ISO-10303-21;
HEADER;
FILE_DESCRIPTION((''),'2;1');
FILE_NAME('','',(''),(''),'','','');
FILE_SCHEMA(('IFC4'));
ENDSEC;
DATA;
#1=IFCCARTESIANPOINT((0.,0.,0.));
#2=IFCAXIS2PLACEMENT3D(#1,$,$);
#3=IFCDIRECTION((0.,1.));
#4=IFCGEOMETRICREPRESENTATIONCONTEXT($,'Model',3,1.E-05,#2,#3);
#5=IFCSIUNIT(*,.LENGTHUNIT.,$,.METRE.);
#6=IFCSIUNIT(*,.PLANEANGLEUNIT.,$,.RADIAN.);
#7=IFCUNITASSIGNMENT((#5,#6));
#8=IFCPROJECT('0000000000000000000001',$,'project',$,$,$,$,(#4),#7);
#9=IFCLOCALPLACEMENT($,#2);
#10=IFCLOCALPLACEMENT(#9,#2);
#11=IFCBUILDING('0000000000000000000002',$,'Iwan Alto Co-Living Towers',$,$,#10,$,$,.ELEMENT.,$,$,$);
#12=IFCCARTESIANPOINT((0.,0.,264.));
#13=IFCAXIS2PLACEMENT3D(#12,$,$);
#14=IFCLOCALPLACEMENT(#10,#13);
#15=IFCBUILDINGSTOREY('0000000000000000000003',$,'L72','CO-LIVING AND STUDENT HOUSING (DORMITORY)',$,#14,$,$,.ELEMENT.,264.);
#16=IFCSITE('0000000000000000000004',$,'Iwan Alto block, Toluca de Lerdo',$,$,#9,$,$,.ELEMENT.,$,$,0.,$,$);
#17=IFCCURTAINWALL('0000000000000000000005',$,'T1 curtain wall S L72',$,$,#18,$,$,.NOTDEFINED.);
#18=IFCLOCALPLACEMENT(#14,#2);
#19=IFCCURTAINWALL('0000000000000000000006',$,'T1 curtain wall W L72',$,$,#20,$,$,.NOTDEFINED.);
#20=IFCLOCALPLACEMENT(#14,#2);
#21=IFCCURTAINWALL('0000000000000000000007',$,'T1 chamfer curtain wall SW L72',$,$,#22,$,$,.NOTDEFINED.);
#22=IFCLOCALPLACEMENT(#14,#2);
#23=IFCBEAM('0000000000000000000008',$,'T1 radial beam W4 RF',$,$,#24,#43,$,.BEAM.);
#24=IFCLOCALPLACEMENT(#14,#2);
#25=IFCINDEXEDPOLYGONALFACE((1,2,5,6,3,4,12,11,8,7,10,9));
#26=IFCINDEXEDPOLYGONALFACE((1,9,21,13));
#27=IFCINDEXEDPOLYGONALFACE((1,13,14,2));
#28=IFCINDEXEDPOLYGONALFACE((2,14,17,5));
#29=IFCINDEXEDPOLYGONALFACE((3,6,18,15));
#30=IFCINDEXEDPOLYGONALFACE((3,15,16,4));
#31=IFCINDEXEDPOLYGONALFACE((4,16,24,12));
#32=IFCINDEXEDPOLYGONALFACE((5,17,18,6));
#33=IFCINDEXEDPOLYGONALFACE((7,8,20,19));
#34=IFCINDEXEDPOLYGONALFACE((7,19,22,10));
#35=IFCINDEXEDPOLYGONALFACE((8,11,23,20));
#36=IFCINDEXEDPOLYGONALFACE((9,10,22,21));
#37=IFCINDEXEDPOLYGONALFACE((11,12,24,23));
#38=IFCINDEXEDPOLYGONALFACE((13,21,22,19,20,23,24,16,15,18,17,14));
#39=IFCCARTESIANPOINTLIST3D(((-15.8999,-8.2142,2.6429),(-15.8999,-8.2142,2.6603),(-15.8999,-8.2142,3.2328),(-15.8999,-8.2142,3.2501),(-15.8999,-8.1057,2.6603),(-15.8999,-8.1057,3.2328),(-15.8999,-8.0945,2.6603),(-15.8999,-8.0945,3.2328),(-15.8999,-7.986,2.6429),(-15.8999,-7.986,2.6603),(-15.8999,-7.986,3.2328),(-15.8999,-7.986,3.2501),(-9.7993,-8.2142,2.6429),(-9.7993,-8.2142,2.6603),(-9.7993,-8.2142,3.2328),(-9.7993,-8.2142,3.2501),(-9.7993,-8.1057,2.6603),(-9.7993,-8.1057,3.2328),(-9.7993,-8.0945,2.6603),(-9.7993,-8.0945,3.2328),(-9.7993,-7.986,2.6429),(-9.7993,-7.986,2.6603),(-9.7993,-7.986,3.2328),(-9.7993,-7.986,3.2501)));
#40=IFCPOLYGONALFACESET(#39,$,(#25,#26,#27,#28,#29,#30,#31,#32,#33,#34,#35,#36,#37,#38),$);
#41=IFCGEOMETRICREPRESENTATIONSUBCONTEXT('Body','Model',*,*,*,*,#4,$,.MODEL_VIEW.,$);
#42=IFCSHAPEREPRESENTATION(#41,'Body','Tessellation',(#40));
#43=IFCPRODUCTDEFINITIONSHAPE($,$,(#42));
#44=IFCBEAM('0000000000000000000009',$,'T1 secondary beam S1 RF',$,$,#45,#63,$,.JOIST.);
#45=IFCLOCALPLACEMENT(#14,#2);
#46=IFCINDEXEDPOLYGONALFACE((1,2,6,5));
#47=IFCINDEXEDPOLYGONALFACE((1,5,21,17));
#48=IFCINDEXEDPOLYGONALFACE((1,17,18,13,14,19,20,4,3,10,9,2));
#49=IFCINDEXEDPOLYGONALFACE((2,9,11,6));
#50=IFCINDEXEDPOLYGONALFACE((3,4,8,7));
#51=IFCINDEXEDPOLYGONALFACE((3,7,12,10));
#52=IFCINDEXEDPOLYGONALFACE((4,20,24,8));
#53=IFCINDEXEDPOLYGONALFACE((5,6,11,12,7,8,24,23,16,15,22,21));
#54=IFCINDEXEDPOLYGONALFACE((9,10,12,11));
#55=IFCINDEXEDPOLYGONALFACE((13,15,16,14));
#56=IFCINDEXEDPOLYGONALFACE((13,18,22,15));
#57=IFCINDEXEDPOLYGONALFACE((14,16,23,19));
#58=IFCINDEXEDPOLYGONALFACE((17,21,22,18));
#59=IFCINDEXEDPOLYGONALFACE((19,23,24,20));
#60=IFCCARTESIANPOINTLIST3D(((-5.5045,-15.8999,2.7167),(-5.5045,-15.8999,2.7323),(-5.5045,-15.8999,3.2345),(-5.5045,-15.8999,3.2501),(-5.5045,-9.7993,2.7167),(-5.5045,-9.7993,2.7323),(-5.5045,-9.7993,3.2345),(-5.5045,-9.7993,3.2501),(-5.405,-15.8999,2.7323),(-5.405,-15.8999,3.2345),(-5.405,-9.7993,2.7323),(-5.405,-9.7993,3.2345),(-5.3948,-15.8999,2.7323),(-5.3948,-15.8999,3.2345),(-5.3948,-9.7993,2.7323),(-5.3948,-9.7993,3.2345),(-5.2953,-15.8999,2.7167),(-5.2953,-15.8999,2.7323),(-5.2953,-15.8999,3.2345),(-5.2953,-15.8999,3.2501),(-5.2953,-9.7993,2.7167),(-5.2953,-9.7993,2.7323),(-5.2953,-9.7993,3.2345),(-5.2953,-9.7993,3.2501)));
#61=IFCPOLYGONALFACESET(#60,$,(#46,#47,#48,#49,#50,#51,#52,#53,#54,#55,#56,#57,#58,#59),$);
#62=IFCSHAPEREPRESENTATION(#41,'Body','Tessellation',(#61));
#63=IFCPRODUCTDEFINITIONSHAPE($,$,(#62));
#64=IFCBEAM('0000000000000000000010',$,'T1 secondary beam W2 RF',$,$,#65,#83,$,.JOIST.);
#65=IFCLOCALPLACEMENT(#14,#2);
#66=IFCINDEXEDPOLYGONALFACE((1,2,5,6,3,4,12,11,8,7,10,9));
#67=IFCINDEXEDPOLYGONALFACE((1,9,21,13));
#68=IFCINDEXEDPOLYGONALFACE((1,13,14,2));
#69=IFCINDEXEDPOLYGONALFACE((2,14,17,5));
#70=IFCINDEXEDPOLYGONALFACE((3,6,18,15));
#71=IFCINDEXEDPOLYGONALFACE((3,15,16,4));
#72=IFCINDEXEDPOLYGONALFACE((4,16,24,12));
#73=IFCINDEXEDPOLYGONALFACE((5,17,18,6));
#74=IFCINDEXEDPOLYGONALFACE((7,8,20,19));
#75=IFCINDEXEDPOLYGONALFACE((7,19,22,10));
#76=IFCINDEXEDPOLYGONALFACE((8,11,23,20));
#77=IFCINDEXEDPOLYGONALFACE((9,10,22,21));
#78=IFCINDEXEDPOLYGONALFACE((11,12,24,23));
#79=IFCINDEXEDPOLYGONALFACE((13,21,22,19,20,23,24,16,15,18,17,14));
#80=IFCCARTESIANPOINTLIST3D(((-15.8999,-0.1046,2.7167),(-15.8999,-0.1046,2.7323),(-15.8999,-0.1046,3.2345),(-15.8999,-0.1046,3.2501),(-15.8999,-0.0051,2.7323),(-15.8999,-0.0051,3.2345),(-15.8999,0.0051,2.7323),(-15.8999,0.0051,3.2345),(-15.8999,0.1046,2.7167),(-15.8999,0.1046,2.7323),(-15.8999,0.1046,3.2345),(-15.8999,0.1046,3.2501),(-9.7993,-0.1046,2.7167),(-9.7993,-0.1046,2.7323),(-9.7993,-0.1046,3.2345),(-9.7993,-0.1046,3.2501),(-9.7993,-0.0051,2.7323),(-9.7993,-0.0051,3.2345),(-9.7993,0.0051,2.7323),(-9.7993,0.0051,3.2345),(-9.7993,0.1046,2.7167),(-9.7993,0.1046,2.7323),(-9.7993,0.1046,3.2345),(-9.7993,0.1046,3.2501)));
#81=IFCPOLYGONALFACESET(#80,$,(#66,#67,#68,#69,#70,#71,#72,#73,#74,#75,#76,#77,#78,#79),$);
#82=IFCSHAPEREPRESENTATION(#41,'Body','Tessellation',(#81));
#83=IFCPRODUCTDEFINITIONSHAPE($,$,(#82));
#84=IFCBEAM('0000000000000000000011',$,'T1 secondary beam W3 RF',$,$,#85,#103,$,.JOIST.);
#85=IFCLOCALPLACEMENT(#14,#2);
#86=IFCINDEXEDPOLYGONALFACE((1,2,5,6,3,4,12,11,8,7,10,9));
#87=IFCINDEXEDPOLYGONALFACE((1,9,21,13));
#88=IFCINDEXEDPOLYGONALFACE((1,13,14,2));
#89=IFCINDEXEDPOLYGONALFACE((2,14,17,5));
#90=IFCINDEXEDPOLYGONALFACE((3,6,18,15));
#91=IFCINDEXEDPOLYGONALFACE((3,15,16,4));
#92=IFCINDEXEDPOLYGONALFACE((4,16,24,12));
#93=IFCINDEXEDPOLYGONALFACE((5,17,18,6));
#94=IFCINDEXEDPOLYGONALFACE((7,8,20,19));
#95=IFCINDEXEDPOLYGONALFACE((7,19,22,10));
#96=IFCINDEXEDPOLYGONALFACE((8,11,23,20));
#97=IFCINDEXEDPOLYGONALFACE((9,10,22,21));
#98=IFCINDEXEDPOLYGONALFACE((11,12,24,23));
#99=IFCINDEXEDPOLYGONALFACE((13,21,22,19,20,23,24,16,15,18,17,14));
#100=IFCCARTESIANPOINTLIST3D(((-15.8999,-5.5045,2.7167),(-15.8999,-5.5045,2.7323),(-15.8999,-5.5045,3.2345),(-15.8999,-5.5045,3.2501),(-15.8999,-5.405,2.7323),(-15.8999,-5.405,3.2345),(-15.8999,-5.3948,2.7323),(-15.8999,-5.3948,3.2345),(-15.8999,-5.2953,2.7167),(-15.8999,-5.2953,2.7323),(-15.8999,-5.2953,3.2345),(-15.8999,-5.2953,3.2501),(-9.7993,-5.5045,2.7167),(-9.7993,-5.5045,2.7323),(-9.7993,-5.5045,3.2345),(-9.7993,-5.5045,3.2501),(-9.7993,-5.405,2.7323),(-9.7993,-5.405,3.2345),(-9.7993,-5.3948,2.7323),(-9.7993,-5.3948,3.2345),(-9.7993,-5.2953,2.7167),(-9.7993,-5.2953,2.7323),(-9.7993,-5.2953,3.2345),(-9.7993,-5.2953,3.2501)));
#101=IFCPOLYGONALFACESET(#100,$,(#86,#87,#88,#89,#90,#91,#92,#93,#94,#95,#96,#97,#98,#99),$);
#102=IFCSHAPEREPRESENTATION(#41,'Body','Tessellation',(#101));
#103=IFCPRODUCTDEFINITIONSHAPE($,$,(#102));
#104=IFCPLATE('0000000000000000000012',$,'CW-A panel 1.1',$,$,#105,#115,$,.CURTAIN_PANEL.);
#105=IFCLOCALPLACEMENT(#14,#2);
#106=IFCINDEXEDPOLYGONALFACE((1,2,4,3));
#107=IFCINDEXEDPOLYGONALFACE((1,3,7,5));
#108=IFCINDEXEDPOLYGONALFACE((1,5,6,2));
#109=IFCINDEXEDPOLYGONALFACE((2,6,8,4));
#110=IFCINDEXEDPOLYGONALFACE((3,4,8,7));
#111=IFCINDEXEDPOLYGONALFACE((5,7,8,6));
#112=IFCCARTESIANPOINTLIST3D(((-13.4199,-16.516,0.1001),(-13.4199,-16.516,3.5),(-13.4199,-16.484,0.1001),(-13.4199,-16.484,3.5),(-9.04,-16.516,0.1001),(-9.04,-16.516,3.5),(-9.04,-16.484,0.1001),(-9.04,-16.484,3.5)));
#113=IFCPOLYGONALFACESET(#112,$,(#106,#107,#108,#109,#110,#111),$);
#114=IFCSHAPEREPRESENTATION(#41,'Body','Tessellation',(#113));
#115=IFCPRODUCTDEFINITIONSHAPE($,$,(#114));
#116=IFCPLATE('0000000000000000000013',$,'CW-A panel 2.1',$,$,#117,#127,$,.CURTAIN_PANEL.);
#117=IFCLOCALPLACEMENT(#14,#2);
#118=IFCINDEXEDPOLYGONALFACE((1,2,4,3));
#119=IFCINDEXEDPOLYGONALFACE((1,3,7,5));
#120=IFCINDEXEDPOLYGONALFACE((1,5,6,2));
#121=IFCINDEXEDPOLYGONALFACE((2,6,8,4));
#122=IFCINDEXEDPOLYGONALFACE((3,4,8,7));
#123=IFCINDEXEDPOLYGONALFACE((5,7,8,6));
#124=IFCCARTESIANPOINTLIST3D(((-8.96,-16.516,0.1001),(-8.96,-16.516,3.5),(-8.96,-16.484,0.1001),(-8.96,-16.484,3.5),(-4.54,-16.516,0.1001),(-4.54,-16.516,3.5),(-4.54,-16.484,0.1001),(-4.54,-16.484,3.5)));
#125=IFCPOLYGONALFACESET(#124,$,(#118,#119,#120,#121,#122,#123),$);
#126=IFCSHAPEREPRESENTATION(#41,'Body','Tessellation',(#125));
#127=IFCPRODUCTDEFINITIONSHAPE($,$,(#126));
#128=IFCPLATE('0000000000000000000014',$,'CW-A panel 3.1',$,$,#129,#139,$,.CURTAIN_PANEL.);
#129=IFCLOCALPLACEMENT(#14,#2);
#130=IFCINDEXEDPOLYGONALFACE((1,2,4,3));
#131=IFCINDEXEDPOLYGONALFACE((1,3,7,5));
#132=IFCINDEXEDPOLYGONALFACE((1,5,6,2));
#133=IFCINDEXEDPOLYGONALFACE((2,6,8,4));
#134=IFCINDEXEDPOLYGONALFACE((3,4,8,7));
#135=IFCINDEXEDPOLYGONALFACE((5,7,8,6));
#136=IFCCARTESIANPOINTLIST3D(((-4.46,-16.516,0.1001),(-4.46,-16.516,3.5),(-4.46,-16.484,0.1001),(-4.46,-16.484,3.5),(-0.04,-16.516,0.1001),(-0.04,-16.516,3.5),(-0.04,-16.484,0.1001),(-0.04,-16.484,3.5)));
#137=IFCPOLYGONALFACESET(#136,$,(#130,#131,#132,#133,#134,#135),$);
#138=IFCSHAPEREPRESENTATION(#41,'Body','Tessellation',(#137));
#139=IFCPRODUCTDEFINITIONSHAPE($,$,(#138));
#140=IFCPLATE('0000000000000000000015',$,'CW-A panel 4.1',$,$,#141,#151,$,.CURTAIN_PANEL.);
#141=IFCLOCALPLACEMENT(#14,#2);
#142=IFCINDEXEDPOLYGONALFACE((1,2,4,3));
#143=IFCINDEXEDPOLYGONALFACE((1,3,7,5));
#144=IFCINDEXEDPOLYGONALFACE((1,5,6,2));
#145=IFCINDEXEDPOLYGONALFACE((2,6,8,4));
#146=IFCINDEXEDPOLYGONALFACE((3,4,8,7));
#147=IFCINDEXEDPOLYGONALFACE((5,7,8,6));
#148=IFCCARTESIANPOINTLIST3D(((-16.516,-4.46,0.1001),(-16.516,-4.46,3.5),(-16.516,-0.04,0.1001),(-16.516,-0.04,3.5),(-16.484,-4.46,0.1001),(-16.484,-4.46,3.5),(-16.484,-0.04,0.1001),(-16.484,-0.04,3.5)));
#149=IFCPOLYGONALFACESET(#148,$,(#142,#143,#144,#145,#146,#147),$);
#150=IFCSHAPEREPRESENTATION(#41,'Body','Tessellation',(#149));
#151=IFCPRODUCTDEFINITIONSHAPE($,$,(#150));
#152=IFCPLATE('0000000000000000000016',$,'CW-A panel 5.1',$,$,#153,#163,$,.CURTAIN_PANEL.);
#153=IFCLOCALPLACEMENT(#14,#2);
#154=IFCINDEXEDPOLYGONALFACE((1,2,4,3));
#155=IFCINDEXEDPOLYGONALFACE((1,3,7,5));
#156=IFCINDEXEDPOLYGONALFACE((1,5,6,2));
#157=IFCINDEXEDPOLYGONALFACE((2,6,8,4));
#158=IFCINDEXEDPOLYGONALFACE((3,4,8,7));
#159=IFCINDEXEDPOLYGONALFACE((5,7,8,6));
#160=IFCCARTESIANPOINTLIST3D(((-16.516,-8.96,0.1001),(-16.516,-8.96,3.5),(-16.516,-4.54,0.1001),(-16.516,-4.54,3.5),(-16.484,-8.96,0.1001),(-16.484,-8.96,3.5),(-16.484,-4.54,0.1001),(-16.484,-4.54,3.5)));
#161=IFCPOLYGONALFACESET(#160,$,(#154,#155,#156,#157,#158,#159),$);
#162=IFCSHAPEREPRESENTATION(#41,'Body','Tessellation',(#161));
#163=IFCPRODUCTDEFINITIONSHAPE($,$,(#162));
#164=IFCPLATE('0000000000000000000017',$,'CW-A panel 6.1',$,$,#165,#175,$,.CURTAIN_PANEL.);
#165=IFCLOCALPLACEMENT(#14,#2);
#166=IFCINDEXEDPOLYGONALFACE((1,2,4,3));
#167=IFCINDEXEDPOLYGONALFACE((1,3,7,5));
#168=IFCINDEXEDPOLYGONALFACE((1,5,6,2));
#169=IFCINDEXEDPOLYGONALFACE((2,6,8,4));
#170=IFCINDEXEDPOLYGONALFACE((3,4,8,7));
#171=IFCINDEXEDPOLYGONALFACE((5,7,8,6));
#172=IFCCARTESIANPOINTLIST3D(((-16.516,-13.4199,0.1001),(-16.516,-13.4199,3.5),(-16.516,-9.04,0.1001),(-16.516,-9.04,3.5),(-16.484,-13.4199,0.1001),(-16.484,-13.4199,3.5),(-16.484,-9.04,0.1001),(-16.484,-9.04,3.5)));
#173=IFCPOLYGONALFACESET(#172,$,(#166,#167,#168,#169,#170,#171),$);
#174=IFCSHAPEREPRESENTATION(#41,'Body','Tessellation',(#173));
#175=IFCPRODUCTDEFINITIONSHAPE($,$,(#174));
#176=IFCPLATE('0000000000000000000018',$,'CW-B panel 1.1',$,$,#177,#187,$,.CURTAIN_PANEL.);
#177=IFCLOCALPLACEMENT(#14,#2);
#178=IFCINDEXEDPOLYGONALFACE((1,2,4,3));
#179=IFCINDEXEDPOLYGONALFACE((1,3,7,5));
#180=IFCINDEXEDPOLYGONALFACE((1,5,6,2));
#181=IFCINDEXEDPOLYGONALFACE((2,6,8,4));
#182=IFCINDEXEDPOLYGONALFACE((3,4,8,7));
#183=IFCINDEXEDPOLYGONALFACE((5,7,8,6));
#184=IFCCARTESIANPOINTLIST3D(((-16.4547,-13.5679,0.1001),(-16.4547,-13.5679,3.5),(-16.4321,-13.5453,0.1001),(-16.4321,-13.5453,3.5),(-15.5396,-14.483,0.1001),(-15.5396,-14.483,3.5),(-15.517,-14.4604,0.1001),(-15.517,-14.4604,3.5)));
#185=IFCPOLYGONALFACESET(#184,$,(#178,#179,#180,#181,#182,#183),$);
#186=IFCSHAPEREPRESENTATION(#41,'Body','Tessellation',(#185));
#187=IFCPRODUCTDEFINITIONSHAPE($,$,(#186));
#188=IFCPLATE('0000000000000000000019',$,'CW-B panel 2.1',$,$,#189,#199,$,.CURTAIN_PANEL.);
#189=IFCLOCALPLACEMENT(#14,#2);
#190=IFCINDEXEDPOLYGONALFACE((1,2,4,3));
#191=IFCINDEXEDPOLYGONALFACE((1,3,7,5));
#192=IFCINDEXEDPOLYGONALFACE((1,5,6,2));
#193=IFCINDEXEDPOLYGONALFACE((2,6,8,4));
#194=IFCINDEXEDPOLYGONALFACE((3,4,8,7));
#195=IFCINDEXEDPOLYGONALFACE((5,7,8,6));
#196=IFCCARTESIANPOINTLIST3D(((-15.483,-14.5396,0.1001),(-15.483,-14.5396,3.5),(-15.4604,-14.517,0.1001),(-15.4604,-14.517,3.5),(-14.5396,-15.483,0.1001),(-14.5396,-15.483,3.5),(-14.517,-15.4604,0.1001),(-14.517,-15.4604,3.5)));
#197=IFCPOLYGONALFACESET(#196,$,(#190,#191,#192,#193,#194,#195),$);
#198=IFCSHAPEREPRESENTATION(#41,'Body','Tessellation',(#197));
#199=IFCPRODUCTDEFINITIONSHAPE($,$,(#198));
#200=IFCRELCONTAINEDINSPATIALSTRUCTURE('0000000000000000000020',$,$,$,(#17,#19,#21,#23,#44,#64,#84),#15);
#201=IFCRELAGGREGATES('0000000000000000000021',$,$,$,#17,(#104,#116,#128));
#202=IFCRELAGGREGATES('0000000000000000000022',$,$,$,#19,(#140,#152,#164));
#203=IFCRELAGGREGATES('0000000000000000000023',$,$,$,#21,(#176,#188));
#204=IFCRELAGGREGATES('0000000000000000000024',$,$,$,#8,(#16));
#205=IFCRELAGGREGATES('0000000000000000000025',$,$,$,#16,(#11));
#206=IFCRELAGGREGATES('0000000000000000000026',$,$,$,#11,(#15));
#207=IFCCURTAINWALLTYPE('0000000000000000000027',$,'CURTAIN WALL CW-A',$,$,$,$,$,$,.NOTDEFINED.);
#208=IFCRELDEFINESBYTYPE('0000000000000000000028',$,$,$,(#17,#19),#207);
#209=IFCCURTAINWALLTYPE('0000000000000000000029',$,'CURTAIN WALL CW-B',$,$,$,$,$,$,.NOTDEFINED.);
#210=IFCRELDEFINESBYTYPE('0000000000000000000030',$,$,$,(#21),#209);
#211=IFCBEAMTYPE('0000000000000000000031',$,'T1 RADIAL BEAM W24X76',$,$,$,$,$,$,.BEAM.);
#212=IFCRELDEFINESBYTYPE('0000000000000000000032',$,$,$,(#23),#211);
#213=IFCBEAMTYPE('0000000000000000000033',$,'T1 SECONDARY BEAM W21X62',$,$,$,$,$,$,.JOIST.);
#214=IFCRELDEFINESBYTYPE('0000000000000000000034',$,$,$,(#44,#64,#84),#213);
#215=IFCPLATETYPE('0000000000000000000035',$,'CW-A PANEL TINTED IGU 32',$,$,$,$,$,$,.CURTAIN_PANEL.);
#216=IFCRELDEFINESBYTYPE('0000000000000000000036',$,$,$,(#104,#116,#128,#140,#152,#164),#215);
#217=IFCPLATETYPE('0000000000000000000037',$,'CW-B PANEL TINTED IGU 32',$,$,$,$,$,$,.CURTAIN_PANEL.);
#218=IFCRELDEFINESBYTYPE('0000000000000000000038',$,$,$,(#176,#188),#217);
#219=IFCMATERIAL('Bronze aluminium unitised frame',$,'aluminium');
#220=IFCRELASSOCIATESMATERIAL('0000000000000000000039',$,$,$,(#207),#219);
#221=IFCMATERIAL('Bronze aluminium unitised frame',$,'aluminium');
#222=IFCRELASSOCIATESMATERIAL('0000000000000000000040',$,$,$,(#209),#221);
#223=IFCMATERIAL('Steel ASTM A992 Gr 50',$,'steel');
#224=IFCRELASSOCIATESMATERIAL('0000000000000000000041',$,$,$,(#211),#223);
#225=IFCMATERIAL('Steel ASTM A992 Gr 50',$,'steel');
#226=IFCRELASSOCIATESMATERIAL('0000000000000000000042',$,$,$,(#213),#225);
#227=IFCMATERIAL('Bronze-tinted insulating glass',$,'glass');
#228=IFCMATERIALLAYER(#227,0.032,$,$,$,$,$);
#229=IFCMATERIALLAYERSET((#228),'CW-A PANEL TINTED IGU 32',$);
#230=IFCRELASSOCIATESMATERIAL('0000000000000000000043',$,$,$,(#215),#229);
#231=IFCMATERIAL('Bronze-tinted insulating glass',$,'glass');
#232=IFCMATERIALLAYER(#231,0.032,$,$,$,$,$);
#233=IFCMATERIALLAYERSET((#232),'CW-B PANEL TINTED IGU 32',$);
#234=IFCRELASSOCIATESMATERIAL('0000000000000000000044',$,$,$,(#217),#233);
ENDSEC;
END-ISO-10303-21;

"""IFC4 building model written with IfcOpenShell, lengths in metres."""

from ifc_helpers import new_model, si_unit, direction, frame, origin, origin_2d, place, context, subcontext, project, spatial, rectangle, i_section, extrude, material, layer, layer_set, material_profile, profile_set, type_object, element, aggregate, save


model = new_model("IFC4")

# Units and contexts
model_context = context("Model", 3, precision=1e-05, world=origin(), true_north=direction((0.0, 1.0)))
body_context = subcontext(model_context, "Body", "Model", "MODEL_VIEW")
ifc_project = project(units=[si_unit("LENGTHUNIT", "METRE"), si_unit("PLANEANGLEUNIT", "RADIAN")], contexts=[model_context])

# Site, building, storey
site_placement = place(None, origin())
site = spatial("IfcSite", under=ifc_project, at=site_placement, Name="Iwan Alto block, Toluca de Lerdo", CompositionType="ELEMENT", RefElevation=0.0)
building_placement = place(site_placement, origin())
building = spatial("IfcBuilding", under=site, at=building_placement, Name="Iwan Alto Co-Living Towers", CompositionType="ELEMENT")
storey_placement = place(building_placement, frame((0.0, 0.0, 264.0)))
storey = spatial("IfcBuildingStorey", under=building, at=storey_placement, Name="L72", Description="CO-LIVING AND STUDENT HOUSING (DORMITORY)", CompositionType="ELEMENT", Elevation=264.0)

# Curtain walls
ifc_material_1 = material(Name="Bronze aluminium unitised frame", Category="aluminium")
curtain_wall_type_1 = type_object("IfcCurtainWallType", Name="CURTAIN WALL CW-A", PredefinedType="NOTDEFINED", material=ifc_material_1)
curtain_wall_1_placement = place(storey_placement, origin())
curtain_wall_1 = element("IfcCurtainWall", 1, at=curtain_wall_1_placement, inside=storey, type_object=curtain_wall_type_1, Name="T1 curtain wall S L72", PredefinedType="NOTDEFINED")
curtain_wall_2_placement = place(storey_placement, origin())
curtain_wall_2 = element("IfcCurtainWall", 2, at=curtain_wall_2_placement, inside=storey, type_object=curtain_wall_type_1, Name="T1 curtain wall W L72", PredefinedType="NOTDEFINED")
ifc_material_2 = material(Name="Bronze aluminium unitised frame", Category="aluminium")
curtain_wall_type_2 = type_object("IfcCurtainWallType", Name="CURTAIN WALL CW-B", PredefinedType="NOTDEFINED", material=ifc_material_2)
curtain_wall_3_placement = place(storey_placement, origin())
curtain_wall_3 = element("IfcCurtainWall", 3, at=curtain_wall_3_placement, inside=storey, type_object=curtain_wall_type_2, Name="T1 chamfer curtain wall SW L72", PredefinedType="NOTDEFINED")

# Beams
ifc_material_3 = material(Name="Steel ASTM A992 Gr 50", Category="steel")
ifc_material_profile_1 = material_profile(ifc_material_3, i_section(OverallWidth=0.2283, OverallDepth=0.6072, WebThickness=0.0112, FlangeThickness=0.0173, at=origin_2d()), Name="W24X76")
ifc_profile_set_1 = profile_set([ifc_material_profile_1], Name="Steel ASTM A992 Gr 50")
beam_type_1 = type_object("IfcBeamType", Name="T1 RADIAL BEAM W24X76", PredefinedType="BEAM", material=ifc_profile_set_1)
for number, where, z_axis, x_axis, name in (
    (4, (-15.8999, -8.1001, 2.9465), (1.0, 0.0, 0.0), (0.0, 1.0, 0.0), "T1 radial beam W4 RF"),
):
    element("IfcBeam", number, at=place(storey_placement, frame(where, z_axis=z_axis, x_axis=x_axis)), inside=storey, type_object=beam_type_1, Name=name, PredefinedType="BEAM", context=body_context, shape_type="SweptSolid", body=[
        extrude(i_section(OverallWidth=0.2283, OverallDepth=0.6072, WebThickness=0.0112, FlangeThickness=0.0173, at=origin_2d()), origin(), (0.0, 0.0, 1.0), 6.1006),
    ])
ifc_material_4 = material(Name="Steel ASTM A992 Gr 50", Category="steel")
ifc_material_profile_2 = material_profile(ifc_material_4, i_section(OverallWidth=0.2092, OverallDepth=0.5334, WebThickness=0.0103, FlangeThickness=0.0156, at=origin_2d()), Name="W21X62")
ifc_profile_set_2 = profile_set([ifc_material_profile_2], Name="Steel ASTM A992 Gr 50")
beam_type_2 = type_object("IfcBeamType", Name="T1 SECONDARY BEAM W21X62", PredefinedType="JOIST", material=ifc_profile_set_2)
for number, where, z_axis, x_axis, name in (
    (5, (-5.3999, -15.8999, 2.9834), (0.0, 1.0, 0.0), (-1.0, 0.0, 0.0), "T1 secondary beam S1 RF"),
    (6, (-15.8999, 0.0, 2.9834), (1.0, 0.0, 0.0), (0.0, 1.0, 0.0), "T1 secondary beam W2 RF"),
    (7, (-15.8999, -5.3999, 2.9834), (1.0, 0.0, 0.0), (0.0, 1.0, 0.0), "T1 secondary beam W3 RF"),
):
    element("IfcBeam", number, at=place(storey_placement, frame(where, z_axis=z_axis, x_axis=x_axis)), inside=storey, type_object=beam_type_2, Name=name, PredefinedType="JOIST", context=body_context, shape_type="SweptSolid", body=[
        extrude(i_section(OverallWidth=0.2092, OverallDepth=0.5334, WebThickness=0.0103, FlangeThickness=0.0156, at=origin_2d()), origin(), (0.0, 0.0, 1.0), 6.1006),
    ])

# Plates
ifc_material_5 = material(Name="Bronze-tinted insulating glass", Category="glass")
ifc_layer_1 = layer(ifc_material_5, 0.032)
ifc_layer_set_1 = layer_set([ifc_layer_1], Name="CW-A PANEL TINTED IGU 32")
plate_type_1 = type_object("IfcPlateType", Name="CW-A PANEL TINTED IGU 32", PredefinedType="CURTAIN_PANEL", material=ifc_layer_set_1)
plate_1_placement = place(storey_placement, frame((-11.23, -16.5, 0.1001), z_axis=(0.0, 0.0, 1.0), x_axis=(1.0, 0.0, 0.0)))
plate_1 = element("IfcPlate", 8, at=plate_1_placement, type_object=plate_type_1, Name="CW-A panel 1.1", PredefinedType="CURTAIN_PANEL", context=body_context, shape_type="SweptSolid", body=[
    extrude(rectangle(XDim=4.3799, YDim=0.032, at=origin_2d()), origin(), (0.0, 0.0, 1.0), 3.3999),
])
plate_2_placement = place(storey_placement, frame((-6.75, -16.5, 0.1001), z_axis=(0.0, 0.0, 1.0), x_axis=(1.0, 0.0, 0.0)))
plate_2 = element("IfcPlate", 9, at=plate_2_placement, type_object=plate_type_1, Name="CW-A panel 2.1", PredefinedType="CURTAIN_PANEL", context=body_context, shape_type="SweptSolid", body=[
    extrude(rectangle(XDim=4.4199, YDim=0.032, at=origin_2d()), origin(), (0.0, 0.0, 1.0), 3.3999),
])
plate_3_placement = place(storey_placement, frame((-2.25, -16.5, 0.1001), z_axis=(0.0, 0.0, 1.0), x_axis=(1.0, 0.0, 0.0)))
plate_3 = element("IfcPlate", 10, at=plate_3_placement, type_object=plate_type_1, Name="CW-A panel 3.1", PredefinedType="CURTAIN_PANEL", context=body_context, shape_type="SweptSolid", body=[
    extrude(rectangle(XDim=4.4199, YDim=0.032, at=origin_2d()), origin(), (0.0, 0.0, 1.0), 3.3999),
])
aggregate(curtain_wall_1, [plate_1, plate_2, plate_3])
plate_4_placement = place(storey_placement, frame((-16.5, -2.25, 0.1001), z_axis=(0.0, 0.0, 1.0), x_axis=(0.0, -1.0, 0.0)))
plate_4 = element("IfcPlate", 11, at=plate_4_placement, type_object=plate_type_1, Name="CW-A panel 4.1", PredefinedType="CURTAIN_PANEL", context=body_context, shape_type="SweptSolid", body=[
    extrude(rectangle(XDim=4.4199, YDim=0.032, at=origin_2d()), origin(), (0.0, 0.0, 1.0), 3.3999),
])
plate_5_placement = place(storey_placement, frame((-16.5, -6.75, 0.1001), z_axis=(0.0, 0.0, 1.0), x_axis=(0.0, -1.0, 0.0)))
plate_5 = element("IfcPlate", 12, at=plate_5_placement, type_object=plate_type_1, Name="CW-A panel 5.1", PredefinedType="CURTAIN_PANEL", context=body_context, shape_type="SweptSolid", body=[
    extrude(rectangle(XDim=4.4199, YDim=0.032, at=origin_2d()), origin(), (0.0, 0.0, 1.0), 3.3999),
])
plate_6_placement = place(storey_placement, frame((-16.5, -11.23, 0.1001), z_axis=(0.0, 0.0, 1.0), x_axis=(0.0, -1.0, 0.0)))
plate_6 = element("IfcPlate", 13, at=plate_6_placement, type_object=plate_type_1, Name="CW-A panel 6.1", PredefinedType="CURTAIN_PANEL", context=body_context, shape_type="SweptSolid", body=[
    extrude(rectangle(XDim=4.3799, YDim=0.032, at=origin_2d()), origin(), (0.0, 0.0, 1.0), 3.3999),
])
aggregate(curtain_wall_2, [plate_4, plate_5, plate_6])
ifc_material_6 = material(Name="Bronze-tinted insulating glass", Category="glass")
ifc_layer_2 = layer(ifc_material_6, 0.032)
ifc_layer_set_2 = layer_set([ifc_layer_2], Name="CW-B PANEL TINTED IGU 32")
plate_type_2 = type_object("IfcPlateType", Name="CW-B PANEL TINTED IGU 32", PredefinedType="CURTAIN_PANEL", material=ifc_layer_set_2)
plate_7_placement = place(storey_placement, frame((-15.9858, -14.0142, 0.1001), z_axis=(0.0, 0.0, 1.0), x_axis=(0.707107, -0.707107, 0.0)))
plate_7 = element("IfcPlate", 14, at=plate_7_placement, type_object=plate_type_2, Name="CW-B panel 1.1", PredefinedType="CURTAIN_PANEL", context=body_context, shape_type="SweptSolid", body=[
    extrude(rectangle(XDim=1.2942, YDim=0.032, at=origin_2d()), origin(), (0.0, 0.0, 1.0), 3.3999),
])
plate_8_placement = place(storey_placement, frame((-15.0, -15.0, 0.1001), z_axis=(0.0, 0.0, 1.0), x_axis=(0.707107, -0.707107, 0.0)))
plate_8 = element("IfcPlate", 15, at=plate_8_placement, type_object=plate_type_2, Name="CW-B panel 2.1", PredefinedType="CURTAIN_PANEL", context=body_context, shape_type="SweptSolid", body=[
    extrude(rectangle(XDim=1.3342, YDim=0.032, at=origin_2d()), origin(), (0.0, 0.0, 1.0), 3.3999),
])
aggregate(curtain_wall_3, [plate_7, plate_8])

save(model, "model.ifc")
